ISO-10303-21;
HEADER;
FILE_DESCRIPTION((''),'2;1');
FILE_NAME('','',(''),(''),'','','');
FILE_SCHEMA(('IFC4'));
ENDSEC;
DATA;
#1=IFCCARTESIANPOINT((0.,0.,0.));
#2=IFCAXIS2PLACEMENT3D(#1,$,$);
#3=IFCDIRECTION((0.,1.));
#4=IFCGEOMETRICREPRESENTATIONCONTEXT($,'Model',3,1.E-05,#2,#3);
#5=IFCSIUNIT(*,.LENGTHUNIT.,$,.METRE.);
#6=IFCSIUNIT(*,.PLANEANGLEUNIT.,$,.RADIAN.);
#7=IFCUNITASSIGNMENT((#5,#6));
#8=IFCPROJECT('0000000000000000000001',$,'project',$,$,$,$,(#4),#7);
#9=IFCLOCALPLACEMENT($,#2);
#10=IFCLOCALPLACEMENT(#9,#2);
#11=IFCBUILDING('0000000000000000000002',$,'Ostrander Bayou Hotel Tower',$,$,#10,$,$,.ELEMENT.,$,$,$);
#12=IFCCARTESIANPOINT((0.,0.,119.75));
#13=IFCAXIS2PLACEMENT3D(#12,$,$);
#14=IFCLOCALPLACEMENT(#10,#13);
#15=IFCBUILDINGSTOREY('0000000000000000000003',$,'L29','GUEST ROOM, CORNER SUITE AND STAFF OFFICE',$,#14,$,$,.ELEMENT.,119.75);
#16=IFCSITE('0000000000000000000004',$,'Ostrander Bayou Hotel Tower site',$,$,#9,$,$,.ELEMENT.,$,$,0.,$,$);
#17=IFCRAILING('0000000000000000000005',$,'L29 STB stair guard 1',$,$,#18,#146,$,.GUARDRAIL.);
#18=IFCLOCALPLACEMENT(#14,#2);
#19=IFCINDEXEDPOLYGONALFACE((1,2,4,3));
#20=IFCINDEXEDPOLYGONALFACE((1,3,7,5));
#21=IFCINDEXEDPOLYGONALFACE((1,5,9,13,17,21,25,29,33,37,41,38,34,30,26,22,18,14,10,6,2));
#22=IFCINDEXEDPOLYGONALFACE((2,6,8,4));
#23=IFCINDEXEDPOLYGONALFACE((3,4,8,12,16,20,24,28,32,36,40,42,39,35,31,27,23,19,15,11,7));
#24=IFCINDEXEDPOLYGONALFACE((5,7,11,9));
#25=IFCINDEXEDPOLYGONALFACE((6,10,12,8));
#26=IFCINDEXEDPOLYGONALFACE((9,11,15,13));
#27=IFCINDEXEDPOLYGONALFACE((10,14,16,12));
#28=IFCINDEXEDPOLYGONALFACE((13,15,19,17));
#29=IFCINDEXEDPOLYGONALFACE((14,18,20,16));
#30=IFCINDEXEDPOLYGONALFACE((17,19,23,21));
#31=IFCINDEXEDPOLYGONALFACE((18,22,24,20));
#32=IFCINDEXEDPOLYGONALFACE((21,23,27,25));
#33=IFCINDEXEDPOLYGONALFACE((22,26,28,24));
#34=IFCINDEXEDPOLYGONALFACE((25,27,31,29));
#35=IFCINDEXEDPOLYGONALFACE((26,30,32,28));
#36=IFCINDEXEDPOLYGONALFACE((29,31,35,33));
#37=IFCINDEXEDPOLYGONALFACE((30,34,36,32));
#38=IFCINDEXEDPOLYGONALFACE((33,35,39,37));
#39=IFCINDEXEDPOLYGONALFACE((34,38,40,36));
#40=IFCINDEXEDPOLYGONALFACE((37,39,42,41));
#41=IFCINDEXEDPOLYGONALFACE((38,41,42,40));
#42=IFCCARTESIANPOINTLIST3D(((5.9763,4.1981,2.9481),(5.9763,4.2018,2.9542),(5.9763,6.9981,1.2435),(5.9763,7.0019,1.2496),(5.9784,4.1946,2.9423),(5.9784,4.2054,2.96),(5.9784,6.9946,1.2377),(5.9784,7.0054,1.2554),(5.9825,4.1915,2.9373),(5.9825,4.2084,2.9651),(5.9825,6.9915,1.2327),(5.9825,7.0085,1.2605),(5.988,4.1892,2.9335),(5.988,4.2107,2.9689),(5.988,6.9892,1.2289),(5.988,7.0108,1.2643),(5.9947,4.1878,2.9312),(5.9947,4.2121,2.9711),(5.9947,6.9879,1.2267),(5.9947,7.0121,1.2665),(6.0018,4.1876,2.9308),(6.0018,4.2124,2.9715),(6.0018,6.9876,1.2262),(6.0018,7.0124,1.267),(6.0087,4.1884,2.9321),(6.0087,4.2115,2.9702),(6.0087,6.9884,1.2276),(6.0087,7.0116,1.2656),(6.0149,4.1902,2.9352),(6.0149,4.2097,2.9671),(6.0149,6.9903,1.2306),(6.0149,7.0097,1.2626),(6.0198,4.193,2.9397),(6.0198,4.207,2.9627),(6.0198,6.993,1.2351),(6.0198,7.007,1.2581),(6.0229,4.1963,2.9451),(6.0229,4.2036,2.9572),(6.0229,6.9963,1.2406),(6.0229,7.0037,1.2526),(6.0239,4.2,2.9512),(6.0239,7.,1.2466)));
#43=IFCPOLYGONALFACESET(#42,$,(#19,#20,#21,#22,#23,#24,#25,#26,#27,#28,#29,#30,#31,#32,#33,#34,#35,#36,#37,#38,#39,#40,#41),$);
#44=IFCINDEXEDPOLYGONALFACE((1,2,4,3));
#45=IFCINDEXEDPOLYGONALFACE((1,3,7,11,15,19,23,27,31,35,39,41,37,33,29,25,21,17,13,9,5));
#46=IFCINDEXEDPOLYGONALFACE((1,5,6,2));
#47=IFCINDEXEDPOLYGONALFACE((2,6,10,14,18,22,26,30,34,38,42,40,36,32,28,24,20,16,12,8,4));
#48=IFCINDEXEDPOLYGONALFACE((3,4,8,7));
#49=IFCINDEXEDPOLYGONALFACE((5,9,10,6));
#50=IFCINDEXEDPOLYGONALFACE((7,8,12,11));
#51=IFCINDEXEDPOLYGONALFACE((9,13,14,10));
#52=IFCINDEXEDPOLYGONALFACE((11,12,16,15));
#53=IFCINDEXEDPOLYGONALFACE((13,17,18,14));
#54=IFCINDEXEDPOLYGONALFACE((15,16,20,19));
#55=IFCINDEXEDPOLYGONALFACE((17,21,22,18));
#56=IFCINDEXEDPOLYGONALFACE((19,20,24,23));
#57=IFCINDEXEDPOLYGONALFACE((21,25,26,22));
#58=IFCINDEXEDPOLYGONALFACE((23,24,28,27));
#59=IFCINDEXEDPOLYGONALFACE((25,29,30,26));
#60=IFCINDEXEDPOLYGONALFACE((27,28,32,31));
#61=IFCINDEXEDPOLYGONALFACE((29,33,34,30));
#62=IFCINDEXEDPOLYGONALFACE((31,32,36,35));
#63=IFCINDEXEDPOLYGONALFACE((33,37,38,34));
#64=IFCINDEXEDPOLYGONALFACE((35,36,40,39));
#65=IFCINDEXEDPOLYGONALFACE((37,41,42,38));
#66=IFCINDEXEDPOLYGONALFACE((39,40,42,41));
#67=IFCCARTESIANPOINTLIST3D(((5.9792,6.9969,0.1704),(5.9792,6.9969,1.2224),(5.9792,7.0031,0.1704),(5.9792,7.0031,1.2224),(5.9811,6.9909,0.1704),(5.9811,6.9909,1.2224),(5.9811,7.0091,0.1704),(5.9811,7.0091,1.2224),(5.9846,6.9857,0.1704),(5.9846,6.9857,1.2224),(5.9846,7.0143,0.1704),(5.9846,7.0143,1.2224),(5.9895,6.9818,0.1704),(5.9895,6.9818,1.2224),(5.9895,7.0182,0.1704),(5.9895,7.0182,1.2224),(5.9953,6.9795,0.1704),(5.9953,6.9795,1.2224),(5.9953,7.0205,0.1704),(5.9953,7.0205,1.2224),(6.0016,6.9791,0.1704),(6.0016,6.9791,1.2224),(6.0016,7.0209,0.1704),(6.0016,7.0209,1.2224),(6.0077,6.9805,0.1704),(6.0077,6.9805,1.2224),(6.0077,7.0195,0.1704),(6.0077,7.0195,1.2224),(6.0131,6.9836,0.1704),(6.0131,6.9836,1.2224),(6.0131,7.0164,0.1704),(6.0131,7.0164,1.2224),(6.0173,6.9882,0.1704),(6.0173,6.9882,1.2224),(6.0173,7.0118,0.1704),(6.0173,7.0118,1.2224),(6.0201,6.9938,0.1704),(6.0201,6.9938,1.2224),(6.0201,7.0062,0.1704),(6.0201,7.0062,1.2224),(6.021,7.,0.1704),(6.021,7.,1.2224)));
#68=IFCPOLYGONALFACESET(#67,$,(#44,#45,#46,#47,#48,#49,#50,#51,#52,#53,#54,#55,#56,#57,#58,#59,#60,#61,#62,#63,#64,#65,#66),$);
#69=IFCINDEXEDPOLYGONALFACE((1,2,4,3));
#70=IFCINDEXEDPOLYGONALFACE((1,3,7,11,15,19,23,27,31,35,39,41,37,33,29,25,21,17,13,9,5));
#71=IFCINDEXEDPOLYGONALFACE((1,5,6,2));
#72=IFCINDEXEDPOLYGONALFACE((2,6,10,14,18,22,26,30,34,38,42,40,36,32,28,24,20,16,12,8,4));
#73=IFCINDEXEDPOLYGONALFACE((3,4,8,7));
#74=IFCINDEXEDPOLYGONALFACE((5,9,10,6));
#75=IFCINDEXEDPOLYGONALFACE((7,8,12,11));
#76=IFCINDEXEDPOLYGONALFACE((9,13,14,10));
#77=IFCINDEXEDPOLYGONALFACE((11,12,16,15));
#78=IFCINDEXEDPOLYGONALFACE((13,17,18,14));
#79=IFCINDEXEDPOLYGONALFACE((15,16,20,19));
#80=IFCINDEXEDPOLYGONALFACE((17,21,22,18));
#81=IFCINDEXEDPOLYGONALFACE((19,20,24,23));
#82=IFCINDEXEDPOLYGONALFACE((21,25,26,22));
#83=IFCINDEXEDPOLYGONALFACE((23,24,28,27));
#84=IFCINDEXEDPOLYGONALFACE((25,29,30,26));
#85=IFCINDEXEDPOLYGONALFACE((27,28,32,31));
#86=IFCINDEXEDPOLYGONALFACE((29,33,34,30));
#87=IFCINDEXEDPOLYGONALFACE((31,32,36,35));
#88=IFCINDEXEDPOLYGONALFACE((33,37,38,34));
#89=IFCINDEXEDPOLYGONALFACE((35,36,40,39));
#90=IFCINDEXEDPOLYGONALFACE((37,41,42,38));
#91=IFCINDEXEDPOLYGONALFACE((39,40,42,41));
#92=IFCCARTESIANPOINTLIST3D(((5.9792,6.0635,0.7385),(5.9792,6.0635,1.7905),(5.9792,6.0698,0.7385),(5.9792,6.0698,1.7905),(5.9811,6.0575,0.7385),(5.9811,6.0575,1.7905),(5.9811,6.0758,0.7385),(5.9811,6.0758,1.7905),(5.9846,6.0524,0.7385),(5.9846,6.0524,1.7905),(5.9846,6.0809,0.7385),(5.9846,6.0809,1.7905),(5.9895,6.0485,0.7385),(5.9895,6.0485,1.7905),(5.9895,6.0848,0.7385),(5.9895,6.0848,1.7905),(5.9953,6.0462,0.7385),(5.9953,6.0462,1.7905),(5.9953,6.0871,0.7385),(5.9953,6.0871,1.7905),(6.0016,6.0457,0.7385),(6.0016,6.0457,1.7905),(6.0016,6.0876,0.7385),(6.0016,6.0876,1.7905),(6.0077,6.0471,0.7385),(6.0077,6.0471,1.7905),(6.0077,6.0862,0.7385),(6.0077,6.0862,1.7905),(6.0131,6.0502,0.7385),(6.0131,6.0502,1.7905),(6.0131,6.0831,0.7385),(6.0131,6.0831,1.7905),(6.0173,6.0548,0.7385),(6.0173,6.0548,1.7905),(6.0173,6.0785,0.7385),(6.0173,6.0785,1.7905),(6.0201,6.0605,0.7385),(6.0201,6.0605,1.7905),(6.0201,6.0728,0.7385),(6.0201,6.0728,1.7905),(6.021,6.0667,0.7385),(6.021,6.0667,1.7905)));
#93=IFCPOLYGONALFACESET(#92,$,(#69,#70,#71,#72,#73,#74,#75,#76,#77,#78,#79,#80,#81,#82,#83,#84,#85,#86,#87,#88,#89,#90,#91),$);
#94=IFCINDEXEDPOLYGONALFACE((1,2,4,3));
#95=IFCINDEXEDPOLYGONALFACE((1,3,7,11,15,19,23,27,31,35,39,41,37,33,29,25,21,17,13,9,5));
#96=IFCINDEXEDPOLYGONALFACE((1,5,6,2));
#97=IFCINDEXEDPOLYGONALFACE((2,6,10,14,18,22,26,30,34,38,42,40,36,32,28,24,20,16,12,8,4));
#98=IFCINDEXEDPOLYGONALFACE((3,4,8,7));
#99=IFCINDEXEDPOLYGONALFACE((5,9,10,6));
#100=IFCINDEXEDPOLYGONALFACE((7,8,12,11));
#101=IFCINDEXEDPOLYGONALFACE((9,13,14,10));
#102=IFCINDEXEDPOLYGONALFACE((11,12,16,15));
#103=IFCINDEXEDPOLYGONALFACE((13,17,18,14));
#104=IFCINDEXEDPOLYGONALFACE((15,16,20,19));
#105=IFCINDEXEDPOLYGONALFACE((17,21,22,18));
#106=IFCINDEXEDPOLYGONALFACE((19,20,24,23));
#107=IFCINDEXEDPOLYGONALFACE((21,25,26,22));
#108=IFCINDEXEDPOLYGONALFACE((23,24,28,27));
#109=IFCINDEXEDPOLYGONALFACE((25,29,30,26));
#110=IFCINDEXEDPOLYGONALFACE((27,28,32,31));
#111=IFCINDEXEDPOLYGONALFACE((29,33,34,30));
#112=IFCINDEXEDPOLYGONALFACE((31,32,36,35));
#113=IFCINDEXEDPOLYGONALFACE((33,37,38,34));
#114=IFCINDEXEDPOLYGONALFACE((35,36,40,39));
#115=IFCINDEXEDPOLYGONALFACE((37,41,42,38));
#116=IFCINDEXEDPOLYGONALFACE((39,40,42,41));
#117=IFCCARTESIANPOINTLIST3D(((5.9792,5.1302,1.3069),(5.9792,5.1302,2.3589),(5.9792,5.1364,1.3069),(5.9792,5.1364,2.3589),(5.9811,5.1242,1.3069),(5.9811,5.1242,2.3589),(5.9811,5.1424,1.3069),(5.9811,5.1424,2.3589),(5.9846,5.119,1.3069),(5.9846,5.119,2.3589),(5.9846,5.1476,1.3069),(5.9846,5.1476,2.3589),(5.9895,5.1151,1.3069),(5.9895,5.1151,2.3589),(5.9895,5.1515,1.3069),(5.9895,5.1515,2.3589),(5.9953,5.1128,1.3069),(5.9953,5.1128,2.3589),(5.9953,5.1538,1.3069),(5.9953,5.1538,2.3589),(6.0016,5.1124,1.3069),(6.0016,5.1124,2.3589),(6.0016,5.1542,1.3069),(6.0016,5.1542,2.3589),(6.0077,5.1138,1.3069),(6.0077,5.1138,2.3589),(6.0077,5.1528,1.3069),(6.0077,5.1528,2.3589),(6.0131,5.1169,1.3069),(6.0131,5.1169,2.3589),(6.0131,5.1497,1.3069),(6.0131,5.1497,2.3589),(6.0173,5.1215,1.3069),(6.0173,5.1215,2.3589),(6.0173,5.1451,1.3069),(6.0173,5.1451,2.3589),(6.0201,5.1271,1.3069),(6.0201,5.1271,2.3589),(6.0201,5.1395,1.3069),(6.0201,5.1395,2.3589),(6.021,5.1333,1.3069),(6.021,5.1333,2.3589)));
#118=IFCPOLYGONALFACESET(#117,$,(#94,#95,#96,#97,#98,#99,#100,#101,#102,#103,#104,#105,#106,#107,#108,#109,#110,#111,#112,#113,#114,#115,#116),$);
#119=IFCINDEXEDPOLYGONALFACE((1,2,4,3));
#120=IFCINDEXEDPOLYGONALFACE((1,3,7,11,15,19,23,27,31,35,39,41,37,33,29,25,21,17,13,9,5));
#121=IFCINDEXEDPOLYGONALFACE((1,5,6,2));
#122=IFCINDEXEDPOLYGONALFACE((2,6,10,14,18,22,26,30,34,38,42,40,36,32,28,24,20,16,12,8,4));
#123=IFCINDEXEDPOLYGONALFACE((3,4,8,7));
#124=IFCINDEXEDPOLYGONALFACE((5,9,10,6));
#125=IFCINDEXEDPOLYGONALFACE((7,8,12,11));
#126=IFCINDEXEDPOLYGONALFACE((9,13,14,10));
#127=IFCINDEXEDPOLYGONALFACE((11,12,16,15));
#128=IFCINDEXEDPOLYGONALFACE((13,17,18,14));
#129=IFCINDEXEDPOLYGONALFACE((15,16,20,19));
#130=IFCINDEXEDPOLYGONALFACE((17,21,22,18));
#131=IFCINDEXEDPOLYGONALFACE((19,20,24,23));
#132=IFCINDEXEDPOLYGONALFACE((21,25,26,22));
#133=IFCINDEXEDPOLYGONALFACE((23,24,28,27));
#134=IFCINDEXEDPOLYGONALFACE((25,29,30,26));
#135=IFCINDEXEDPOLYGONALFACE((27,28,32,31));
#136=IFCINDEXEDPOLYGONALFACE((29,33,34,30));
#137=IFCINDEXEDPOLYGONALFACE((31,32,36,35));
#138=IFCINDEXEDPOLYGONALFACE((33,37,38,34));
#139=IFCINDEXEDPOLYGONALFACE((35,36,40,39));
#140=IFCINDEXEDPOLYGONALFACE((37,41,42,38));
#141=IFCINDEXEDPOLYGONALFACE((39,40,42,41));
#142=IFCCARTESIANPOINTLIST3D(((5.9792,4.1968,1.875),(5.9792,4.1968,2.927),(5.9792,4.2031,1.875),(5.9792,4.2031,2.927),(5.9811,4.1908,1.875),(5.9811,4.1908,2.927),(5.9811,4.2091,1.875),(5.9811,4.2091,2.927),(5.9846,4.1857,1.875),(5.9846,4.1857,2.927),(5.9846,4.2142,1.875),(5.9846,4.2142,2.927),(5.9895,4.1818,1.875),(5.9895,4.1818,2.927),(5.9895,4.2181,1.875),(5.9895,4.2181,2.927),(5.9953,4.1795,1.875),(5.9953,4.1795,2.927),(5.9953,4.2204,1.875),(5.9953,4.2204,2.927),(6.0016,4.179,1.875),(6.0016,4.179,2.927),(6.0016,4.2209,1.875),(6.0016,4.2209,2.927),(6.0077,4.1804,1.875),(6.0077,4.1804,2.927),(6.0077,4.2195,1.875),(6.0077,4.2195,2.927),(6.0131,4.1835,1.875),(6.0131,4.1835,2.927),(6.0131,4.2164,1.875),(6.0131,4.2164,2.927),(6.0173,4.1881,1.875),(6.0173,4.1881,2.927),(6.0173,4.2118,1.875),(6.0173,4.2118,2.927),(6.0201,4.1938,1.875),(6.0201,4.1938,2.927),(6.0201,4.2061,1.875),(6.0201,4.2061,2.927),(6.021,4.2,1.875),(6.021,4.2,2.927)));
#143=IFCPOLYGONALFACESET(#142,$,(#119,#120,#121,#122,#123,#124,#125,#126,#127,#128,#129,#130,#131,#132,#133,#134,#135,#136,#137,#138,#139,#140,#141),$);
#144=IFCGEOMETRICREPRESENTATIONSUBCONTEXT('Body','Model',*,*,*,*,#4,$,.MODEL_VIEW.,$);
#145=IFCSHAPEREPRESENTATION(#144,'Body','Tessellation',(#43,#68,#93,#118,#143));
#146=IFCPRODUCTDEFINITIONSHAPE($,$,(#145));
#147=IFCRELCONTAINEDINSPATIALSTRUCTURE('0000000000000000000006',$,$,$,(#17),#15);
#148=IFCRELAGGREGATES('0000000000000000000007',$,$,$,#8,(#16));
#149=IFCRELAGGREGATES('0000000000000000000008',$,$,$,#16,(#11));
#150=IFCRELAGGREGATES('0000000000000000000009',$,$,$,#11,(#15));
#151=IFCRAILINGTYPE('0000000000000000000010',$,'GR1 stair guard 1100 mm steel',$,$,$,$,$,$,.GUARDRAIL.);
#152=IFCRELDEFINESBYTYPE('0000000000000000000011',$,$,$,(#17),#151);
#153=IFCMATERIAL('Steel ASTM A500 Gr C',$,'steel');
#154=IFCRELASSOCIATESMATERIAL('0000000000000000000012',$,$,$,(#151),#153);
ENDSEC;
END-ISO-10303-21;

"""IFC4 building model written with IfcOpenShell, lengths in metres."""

from ifc_helpers import new_model, si_unit, direction, frame, origin, origin_2d, place, context, subcontext, project, spatial, circle, extrude, material, type_object, element, save


model = new_model("IFC4")

# Units and contexts
model_context = context("Model", 3, precision=1e-05, world=origin(), true_north=direction((0.0, 1.0)))
body_context = subcontext(model_context, "Body", "Model", "MODEL_VIEW")
ifc_project = project(units=[si_unit("LENGTHUNIT", "METRE"), si_unit("PLANEANGLEUNIT", "RADIAN")], contexts=[model_context])

# Site, building, storey
site_placement = place(None, origin())
site = spatial("IfcSite", under=ifc_project, at=site_placement, Name="Ostrander Bayou Hotel Tower site", CompositionType="ELEMENT", RefElevation=0.0)
building_placement = place(site_placement, origin())
building = spatial("IfcBuilding", under=site, at=building_placement, Name="Ostrander Bayou Hotel Tower", CompositionType="ELEMENT")
storey_placement = place(building_placement, frame((0.0, 0.0, 119.75)))
storey = spatial("IfcBuildingStorey", under=building, at=storey_placement, Name="L29", Description="GUEST ROOM, CORNER SUITE AND STAFF OFFICE", CompositionType="ELEMENT", Elevation=119.75)

# Railing
ifc_material_1 = material(Name="Steel ASTM A500 Gr C", Category="steel")
railing_type_1 = type_object("IfcRailingType", Name="GR1 stair guard 1100 mm steel", PredefinedType="GUARDRAIL", material=ifc_material_1)
railing_1_placement = place(storey_placement, frame((6.0, 7.0, 0.1704)))
element("IfcRailing", 1, at=railing_1_placement, inside=storey, type_object=railing_type_1, Name="L29 STB stair guard 1", PredefinedType="GUARDRAIL", context=body_context, shape_type="SweptSolid", body=[
    extrude(circle(Radius=0.0239, at=origin_2d()), frame((0.0, 0.0, 1.0762), z_axis=(0.0, -0.85417, 0.519994), x_axis=(1.0, 0.0, 0.0)), (0.0, 0.0, 1.0), 3.2781),
    extrude(circle(Radius=0.021, at=origin_2d()), origin(), (0.0, 0.0, 1.0), 1.052),
    extrude(circle(Radius=0.021, at=origin_2d()), frame((0.0, -0.9333, 0.5681)), (0.0, 0.0, 1.0), 1.052),
    extrude(circle(Radius=0.021, at=origin_2d()), frame((0.0, -1.8667, 1.1365)), (0.0, 0.0, 1.0), 1.052),
    extrude(circle(Radius=0.021, at=origin_2d()), frame((0.0, -2.8, 1.7046)), (0.0, 0.0, 1.0), 1.052),
])

save(model, "model.ifc")
